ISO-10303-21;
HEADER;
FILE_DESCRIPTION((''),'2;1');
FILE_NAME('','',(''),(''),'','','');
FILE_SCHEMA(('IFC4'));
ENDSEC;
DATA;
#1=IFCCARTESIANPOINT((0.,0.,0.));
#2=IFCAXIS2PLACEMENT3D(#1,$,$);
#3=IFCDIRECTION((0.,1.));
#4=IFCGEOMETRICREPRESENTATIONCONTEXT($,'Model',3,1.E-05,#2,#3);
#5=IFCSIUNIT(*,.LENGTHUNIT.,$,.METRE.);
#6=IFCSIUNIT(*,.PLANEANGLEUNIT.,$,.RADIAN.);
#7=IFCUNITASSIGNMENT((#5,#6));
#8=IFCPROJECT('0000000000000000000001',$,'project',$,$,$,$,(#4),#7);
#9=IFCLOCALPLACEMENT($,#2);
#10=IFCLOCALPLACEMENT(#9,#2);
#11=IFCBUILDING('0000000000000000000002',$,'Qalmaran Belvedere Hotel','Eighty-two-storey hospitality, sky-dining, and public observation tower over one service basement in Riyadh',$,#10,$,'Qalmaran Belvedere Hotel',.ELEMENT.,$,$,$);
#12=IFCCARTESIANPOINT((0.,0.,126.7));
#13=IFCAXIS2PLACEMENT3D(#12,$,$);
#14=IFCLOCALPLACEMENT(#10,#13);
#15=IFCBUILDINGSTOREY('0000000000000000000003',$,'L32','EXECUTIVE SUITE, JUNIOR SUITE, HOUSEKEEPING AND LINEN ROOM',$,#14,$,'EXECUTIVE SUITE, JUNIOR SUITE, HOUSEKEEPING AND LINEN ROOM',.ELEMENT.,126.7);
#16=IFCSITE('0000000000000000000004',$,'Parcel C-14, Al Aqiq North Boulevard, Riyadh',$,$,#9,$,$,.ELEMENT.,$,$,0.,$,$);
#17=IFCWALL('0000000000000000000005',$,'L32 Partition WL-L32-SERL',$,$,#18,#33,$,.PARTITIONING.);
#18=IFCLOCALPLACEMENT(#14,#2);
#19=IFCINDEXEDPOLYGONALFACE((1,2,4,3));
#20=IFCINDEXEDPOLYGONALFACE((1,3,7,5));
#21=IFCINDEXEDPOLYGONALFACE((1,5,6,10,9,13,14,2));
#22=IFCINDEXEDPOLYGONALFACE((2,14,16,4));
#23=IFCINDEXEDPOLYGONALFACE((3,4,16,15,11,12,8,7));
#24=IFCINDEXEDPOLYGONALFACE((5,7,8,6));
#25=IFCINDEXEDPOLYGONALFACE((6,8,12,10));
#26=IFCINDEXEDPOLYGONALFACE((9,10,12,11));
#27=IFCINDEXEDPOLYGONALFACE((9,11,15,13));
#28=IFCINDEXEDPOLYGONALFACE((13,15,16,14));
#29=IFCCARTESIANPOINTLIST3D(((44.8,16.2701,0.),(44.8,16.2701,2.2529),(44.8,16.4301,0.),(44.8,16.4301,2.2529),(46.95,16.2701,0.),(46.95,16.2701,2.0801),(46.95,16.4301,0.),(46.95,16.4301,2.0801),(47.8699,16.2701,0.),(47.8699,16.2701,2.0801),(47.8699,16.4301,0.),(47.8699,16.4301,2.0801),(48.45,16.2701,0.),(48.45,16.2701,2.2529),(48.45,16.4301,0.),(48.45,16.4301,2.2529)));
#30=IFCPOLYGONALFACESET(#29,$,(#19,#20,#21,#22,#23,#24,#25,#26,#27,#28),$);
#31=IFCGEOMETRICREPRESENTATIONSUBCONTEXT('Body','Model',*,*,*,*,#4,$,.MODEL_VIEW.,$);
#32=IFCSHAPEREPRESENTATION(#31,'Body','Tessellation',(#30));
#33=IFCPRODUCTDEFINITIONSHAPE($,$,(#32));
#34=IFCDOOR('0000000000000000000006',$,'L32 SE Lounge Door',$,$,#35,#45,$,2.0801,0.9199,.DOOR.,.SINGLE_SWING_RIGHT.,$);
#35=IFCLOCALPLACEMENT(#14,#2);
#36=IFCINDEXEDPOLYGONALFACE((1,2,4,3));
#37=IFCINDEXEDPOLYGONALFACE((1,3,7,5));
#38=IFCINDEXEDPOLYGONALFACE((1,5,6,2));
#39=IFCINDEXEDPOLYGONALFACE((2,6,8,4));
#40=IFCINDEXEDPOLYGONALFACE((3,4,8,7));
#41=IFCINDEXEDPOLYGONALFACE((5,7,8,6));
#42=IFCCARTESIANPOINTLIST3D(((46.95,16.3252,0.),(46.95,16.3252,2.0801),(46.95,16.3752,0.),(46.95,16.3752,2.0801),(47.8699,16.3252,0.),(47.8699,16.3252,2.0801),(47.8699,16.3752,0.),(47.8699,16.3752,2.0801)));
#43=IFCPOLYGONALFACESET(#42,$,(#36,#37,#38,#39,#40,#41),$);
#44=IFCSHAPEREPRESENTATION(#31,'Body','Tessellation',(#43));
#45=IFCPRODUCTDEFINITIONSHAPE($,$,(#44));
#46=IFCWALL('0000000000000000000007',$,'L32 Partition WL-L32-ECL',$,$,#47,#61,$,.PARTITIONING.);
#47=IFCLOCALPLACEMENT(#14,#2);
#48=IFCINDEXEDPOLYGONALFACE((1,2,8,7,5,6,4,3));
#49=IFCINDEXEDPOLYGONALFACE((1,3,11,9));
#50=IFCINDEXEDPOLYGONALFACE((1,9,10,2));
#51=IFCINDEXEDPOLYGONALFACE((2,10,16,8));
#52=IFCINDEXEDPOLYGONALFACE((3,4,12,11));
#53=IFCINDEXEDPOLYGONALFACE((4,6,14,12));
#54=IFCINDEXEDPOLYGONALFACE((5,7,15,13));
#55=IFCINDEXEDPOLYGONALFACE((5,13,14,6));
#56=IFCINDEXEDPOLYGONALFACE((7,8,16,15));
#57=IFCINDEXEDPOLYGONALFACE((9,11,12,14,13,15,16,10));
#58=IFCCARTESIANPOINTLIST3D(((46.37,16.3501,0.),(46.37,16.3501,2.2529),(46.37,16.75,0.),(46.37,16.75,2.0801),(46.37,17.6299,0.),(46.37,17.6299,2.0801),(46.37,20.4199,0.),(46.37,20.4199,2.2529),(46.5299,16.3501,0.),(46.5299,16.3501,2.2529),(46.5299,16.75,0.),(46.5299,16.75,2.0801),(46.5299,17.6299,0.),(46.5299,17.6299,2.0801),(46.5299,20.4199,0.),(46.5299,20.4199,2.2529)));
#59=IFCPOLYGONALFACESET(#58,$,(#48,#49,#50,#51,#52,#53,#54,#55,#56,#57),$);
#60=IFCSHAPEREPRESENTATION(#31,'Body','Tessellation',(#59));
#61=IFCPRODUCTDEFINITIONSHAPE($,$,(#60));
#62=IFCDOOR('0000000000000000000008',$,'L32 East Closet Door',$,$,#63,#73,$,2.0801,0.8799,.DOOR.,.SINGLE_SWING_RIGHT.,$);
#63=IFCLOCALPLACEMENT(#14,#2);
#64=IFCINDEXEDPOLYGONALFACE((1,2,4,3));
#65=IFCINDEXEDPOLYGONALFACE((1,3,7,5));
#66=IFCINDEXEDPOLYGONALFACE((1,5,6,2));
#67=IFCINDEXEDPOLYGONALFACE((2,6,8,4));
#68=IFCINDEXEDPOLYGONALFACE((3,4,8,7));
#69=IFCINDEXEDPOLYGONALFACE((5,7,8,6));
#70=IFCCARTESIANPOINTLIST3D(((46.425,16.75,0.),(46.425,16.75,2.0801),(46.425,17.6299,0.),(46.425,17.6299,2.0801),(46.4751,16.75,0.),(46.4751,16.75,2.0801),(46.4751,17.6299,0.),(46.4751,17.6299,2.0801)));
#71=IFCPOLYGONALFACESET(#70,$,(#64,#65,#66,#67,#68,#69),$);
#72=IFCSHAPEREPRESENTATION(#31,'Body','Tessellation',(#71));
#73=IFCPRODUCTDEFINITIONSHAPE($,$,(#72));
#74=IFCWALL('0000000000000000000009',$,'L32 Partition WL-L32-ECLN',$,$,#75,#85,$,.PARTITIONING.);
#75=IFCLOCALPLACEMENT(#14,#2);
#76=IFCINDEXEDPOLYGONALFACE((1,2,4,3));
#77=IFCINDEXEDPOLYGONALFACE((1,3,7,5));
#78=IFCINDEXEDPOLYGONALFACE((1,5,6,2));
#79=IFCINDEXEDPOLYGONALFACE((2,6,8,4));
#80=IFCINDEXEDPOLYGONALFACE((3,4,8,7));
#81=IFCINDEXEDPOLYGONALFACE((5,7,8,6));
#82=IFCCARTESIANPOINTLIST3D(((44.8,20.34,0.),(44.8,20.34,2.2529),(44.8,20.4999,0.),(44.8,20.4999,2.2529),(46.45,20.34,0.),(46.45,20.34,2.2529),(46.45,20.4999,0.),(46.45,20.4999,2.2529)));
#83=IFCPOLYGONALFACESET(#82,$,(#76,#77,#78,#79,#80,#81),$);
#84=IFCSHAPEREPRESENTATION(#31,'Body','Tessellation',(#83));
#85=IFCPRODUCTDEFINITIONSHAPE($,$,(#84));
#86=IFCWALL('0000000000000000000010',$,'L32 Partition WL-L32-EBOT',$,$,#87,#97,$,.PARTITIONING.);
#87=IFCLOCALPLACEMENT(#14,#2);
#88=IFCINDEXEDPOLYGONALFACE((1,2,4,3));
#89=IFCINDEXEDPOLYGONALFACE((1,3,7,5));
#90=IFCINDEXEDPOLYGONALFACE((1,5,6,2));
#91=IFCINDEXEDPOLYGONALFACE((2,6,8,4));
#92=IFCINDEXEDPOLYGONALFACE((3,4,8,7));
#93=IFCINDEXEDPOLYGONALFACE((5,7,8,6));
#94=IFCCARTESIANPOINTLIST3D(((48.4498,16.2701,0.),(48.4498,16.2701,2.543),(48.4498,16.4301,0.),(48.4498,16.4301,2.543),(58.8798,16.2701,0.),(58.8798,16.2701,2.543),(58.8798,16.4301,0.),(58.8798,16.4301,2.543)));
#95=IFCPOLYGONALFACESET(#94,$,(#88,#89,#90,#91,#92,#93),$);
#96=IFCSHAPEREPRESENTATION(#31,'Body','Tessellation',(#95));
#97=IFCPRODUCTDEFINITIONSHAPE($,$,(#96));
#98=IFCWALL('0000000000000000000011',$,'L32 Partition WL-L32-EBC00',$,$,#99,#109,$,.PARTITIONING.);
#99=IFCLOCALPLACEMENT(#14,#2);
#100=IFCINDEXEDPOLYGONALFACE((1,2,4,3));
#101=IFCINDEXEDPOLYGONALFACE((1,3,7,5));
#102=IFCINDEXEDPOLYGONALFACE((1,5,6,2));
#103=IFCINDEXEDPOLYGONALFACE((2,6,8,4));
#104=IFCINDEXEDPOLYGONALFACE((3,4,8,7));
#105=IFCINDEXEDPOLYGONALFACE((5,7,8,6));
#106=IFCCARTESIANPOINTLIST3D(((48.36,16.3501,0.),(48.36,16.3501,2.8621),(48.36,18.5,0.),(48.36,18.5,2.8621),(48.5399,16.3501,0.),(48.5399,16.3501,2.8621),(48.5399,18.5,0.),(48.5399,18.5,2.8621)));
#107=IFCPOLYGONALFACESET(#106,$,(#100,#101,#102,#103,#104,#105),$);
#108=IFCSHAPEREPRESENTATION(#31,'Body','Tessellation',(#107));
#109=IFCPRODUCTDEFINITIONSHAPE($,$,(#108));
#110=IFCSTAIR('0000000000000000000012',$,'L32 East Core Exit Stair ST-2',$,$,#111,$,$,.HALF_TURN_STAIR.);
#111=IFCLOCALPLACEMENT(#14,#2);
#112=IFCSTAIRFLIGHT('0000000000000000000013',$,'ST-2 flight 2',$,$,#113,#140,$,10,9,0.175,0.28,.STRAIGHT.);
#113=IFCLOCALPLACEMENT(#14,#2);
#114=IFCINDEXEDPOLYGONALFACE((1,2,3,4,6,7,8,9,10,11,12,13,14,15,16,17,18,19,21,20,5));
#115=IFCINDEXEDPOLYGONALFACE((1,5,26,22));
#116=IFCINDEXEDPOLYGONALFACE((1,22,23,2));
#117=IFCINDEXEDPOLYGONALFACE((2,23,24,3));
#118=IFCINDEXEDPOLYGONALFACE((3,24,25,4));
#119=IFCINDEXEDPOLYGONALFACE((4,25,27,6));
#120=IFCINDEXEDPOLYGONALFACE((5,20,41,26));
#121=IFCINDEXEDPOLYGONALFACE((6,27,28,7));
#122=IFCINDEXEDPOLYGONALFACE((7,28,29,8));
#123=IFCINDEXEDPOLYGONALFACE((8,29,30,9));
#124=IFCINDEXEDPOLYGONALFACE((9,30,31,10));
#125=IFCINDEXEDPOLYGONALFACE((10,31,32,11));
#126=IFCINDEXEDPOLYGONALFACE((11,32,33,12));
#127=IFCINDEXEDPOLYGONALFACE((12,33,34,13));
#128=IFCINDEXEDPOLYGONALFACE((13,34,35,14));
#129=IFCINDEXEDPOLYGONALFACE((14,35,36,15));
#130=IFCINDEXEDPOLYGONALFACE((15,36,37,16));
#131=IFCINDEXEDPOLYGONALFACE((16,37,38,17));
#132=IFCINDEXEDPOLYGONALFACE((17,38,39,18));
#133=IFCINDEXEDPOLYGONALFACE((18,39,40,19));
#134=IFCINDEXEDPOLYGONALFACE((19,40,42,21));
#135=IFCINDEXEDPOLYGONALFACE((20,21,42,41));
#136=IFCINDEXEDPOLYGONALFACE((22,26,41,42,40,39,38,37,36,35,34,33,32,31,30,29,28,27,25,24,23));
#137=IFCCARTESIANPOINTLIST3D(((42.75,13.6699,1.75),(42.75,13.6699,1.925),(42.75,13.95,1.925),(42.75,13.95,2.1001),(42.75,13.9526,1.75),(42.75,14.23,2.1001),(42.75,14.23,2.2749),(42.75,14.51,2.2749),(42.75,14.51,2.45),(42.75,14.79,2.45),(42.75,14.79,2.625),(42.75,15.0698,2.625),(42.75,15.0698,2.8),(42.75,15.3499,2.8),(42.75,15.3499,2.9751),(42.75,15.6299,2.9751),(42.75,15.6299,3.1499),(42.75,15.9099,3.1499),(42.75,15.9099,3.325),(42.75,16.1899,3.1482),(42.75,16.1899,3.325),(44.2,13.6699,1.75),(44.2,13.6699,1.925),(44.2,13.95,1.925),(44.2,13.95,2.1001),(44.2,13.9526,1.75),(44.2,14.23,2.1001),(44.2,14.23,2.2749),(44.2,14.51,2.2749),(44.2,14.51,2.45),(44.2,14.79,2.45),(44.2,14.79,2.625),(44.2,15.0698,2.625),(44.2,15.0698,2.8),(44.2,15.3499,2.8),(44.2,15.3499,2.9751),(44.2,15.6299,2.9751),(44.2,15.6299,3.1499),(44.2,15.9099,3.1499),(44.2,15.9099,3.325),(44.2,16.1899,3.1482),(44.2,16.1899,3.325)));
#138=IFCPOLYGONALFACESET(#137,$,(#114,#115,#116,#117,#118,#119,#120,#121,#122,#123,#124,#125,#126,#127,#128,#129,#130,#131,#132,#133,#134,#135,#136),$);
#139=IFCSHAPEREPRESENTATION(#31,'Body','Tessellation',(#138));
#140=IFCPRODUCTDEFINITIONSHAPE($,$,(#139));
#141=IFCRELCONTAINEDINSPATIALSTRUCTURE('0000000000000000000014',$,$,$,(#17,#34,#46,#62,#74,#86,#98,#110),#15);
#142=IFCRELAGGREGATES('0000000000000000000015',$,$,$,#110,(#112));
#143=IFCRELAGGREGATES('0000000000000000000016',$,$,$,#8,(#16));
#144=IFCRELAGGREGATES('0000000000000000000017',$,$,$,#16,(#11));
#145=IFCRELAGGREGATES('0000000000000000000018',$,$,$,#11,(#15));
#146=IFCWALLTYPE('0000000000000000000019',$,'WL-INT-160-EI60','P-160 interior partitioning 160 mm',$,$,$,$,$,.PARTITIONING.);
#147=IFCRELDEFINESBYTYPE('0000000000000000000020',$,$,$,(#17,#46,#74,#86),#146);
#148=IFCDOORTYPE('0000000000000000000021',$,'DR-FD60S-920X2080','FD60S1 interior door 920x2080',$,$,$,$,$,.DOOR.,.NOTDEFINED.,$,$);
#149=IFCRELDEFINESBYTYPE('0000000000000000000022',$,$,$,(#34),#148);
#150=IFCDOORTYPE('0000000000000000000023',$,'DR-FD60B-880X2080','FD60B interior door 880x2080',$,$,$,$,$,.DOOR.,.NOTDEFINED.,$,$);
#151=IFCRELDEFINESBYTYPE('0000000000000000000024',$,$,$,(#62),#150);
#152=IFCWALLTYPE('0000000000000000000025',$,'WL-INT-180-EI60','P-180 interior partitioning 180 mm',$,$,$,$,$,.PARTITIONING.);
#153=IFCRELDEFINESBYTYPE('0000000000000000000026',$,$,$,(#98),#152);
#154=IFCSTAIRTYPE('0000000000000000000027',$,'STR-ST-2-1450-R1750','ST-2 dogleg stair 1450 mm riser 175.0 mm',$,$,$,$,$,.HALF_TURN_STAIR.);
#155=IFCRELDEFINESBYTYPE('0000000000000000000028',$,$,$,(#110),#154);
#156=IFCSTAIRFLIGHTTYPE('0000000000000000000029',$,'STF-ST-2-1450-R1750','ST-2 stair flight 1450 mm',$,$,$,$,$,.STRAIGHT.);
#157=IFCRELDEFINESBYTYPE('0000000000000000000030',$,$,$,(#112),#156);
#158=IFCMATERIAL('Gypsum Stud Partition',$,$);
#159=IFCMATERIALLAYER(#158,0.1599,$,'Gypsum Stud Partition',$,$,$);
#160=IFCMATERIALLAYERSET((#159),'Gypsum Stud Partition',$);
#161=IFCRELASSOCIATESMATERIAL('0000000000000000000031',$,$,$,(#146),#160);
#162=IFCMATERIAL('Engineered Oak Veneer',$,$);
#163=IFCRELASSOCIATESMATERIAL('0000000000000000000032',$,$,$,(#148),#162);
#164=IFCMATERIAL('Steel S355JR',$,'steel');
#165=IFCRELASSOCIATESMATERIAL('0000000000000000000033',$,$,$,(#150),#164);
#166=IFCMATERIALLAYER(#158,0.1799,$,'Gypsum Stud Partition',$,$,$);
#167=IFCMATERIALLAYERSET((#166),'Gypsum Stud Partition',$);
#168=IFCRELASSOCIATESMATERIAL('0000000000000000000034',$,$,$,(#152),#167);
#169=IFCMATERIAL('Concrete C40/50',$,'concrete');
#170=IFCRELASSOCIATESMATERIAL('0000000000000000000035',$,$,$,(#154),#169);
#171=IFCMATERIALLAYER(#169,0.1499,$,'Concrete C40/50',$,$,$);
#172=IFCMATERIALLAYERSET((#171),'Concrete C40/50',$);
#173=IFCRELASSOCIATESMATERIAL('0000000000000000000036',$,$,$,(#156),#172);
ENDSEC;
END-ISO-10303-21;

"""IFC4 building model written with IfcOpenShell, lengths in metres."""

from ifc_helpers import new_model, si_unit, direction, frame, frame_2d, origin, place, context, subcontext, project, spatial, polyline, rectangle, outline, extrude, material, layer, layer_set, type_object, element, fill, aggregate, save


model = new_model("IFC4")

# Units and contexts
model_context = context("Model", 3, precision=1e-05, world=origin(), true_north=direction((0.0, 1.0)))
body_context = subcontext(model_context, "Body", "Model", "MODEL_VIEW")
ifc_project = project(units=[si_unit("LENGTHUNIT", "METRE"), si_unit("PLANEANGLEUNIT", "RADIAN")], contexts=[model_context])

# Site, building, storey
site_placement = place(None, origin())
site = spatial("IfcSite", under=ifc_project, at=site_placement, Name="Parcel C-14, Al Aqiq North Boulevard, Riyadh", CompositionType="ELEMENT", RefElevation=0.0)
building_placement = place(site_placement, origin())
building = spatial("IfcBuilding", under=site, at=building_placement, Name="Qalmaran Belvedere Hotel", Description="Eighty-two-storey hospitality, sky-dining, and public observation tower over one service basement in Riyadh", LongName="Qalmaran Belvedere Hotel", CompositionType="ELEMENT")
storey_placement = place(building_placement, frame((0.0, 0.0, 126.7)))
storey = spatial("IfcBuildingStorey", under=building, at=storey_placement, Name="L32", Description="EXECUTIVE SUITE, JUNIOR SUITE, HOUSEKEEPING AND LINEN ROOM", LongName="EXECUTIVE SUITE, JUNIOR SUITE, HOUSEKEEPING AND LINEN ROOM", CompositionType="ELEMENT", Elevation=126.7)

# Shared definitions
ifc_material_1 = material(Name="Steel S355JR", Category="steel")

# Shared definitions
ifc_material_2 = material(Name="Engineered Oak Veneer")

# Walls, openings, doors
ifc_material_3 = material(Name="Gypsum Stud Partition")
ifc_layer_1 = layer(ifc_material_3, 0.1599, Name="Gypsum Stud Partition")
ifc_layer_set_1 = layer_set([ifc_layer_1], Name="Gypsum Stud Partition")
wall_type_1 = type_object("IfcWallType", Name="WL-INT-160-EI60", Description="P-160 interior partitioning 160 mm", PredefinedType="PARTITIONING", material=ifc_layer_set_1)
wall_1_placement = place(storey_placement, frame((44.8, 16.3501, 0.0), z_axis=(0.0, 0.0, 1.0), x_axis=(1.0, 0.0, 0.0)))
wall_1 = element("IfcWall", 1, at=wall_1_placement, inside=storey, type_object=wall_type_1, Name="L32 Partition WL-L32-SERL", PredefinedType="PARTITIONING", context=body_context, shape_type="SweptSolid", body=[
    extrude(rectangle(XDim=3.6499, YDim=0.1599, at=frame_2d((1.825, 0.0))), origin(), (0.0, 0.0, 1.0), 2.2529),
])
opening_1_placement = place(wall_1_placement, frame((3.0698, 0.0, 0.0), z_axis=(0.0, 0.0, 1.0), x_axis=(-1.0, 0.0, 0.0)))
opening_1 = element("IfcOpeningElement", 2, at=opening_1_placement, cuts=wall_1, PredefinedType="OPENING", context=body_context, shape_type="SweptSolid", body=[
    extrude(rectangle(XDim=0.9199, YDim=2.0801, at=frame_2d((0.46, 1.04))), frame((0.0, 0.0898, 0.0), z_axis=(0.0, -1.0, 0.0), x_axis=(1.0, 0.0, 0.0)), (0.0, 0.0, 1.0), 0.1799),
])
door_type_1 = type_object("IfcDoorType", Name="DR-FD60S-920X2080", Description="FD60S1 interior door 920x2080", OperationType="NOTDEFINED", PredefinedType="DOOR", material=ifc_material_2)
door_1_placement = place(opening_1_placement, origin())
door_1 = element("IfcDoor", 3, at=door_1_placement, inside=storey, type_object=door_type_1, Name="L32 SE Lounge Door", OperationType="SINGLE_SWING_RIGHT", OverallHeight=2.0801, OverallWidth=0.9199, PredefinedType="DOOR", context=body_context, shape_type="SweptSolid", body=[
    extrude(rectangle(XDim=0.9199, YDim=2.0801, at=frame_2d((0.46, 1.04))), frame((0.0, 0.0249, 0.0), z_axis=(0.0, -1.0, 0.0), x_axis=(1.0, 0.0, 0.0)), (0.0, 0.0, 1.0), 0.05),
])
fill(opening_1, door_1)
wall_2_placement = place(storey_placement, frame((46.45, 16.3501, 0.0), z_axis=(0.0, 0.0, 1.0), x_axis=(0.0, 1.0, 0.0)))
wall_2 = element("IfcWall", 4, at=wall_2_placement, inside=storey, type_object=wall_type_1, Name="L32 Partition WL-L32-ECL", PredefinedType="PARTITIONING", context=body_context, shape_type="SweptSolid", body=[
    extrude(rectangle(XDim=4.0698, YDim=0.1599, at=frame_2d((2.0349, 0.0))), origin(), (0.0, 0.0, 1.0), 2.2529),
])
opening_2_placement = place(wall_2_placement, frame((0.3999, 0.0, 0.0)))
opening_2 = element("IfcOpeningElement", 5, at=opening_2_placement, cuts=wall_2, PredefinedType="OPENING", context=body_context, shape_type="SweptSolid", body=[
    extrude(rectangle(XDim=0.8799, YDim=2.0801, at=frame_2d((0.4399, 1.04))), frame((0.0, 0.0898, 0.0), z_axis=(0.0, -1.0, 0.0), x_axis=(1.0, 0.0, 0.0)), (0.0, 0.0, 1.0), 0.1799),
])
door_type_2 = type_object("IfcDoorType", Name="DR-FD60B-880X2080", Description="FD60B interior door 880x2080", OperationType="NOTDEFINED", PredefinedType="DOOR", material=ifc_material_1)
door_2_placement = place(opening_2_placement, origin())
door_2 = element("IfcDoor", 6, at=door_2_placement, inside=storey, type_object=door_type_2, Name="L32 East Closet Door", OperationType="SINGLE_SWING_RIGHT", OverallHeight=2.0801, OverallWidth=0.8799, PredefinedType="DOOR", context=body_context, shape_type="SweptSolid", body=[
    extrude(rectangle(XDim=0.8799, YDim=2.0801, at=frame_2d((0.4399, 1.04))), frame((0.0, 0.0249, 0.0), z_axis=(0.0, -1.0, 0.0), x_axis=(1.0, 0.0, 0.0)), (0.0, 0.0, 1.0), 0.05),
])
fill(opening_2, door_2)

# Walls
wall_3_placement = place(storey_placement, frame((44.8, 20.4199, 0.0), z_axis=(0.0, 0.0, 1.0), x_axis=(1.0, 0.0, 0.0)))
element("IfcWall", 7, at=wall_3_placement, inside=storey, type_object=wall_type_1, Name="L32 Partition WL-L32-ECLN", PredefinedType="PARTITIONING", context=body_context, shape_type="SweptSolid", body=[
    extrude(rectangle(XDim=1.6499, YDim=0.1599, at=frame_2d((0.825, 0.0))), origin(), (0.0, 0.0, 1.0), 2.2529),
])
wall_4_placement = place(storey_placement, frame((48.45, 16.3501, 0.0), z_axis=(0.0, 0.0, 1.0), x_axis=(1.0, 0.0, 0.0)))
element("IfcWall", 8, at=wall_4_placement, inside=storey, type_object=wall_type_1, Name="L32 Partition WL-L32-EBOT", PredefinedType="PARTITIONING", context=body_context, shape_type="SweptSolid", body=[
    extrude(rectangle(XDim=10.4299, YDim=0.1599, at=frame_2d((5.2148, 0.0))), origin(), (0.0, 0.0, 1.0), 2.543),
])
ifc_layer_2 = layer(ifc_material_3, 0.1799, Name="Gypsum Stud Partition")
ifc_layer_set_2 = layer_set([ifc_layer_2], Name="Gypsum Stud Partition")
wall_type_2 = type_object("IfcWallType", Name="WL-INT-180-EI60", Description="P-180 interior partitioning 180 mm", PredefinedType="PARTITIONING", material=ifc_layer_set_2)
wall_5_placement = place(storey_placement, frame((48.45, 16.3501, 0.0), z_axis=(0.0, 0.0, 1.0), x_axis=(0.0, 1.0, 0.0)))
element("IfcWall", 9, at=wall_5_placement, inside=storey, type_object=wall_type_2, Name="L32 Partition WL-L32-EBC00", PredefinedType="PARTITIONING", context=body_context, shape_type="SweptSolid", body=[
    extrude(rectangle(XDim=2.1499, YDim=0.1799, at=frame_2d((1.075, 0.0))), origin(), (0.0, 0.0, 1.0), 2.8621),
])

# Stair, stair flight
ifc_material_4 = material(Name="Concrete C40/50", Category="concrete")
stair_type = type_object("IfcStairType", Name="STR-ST-2-1450-R1750", Description="ST-2 dogleg stair 1450 mm riser 175.0 mm", PredefinedType="HALF_TURN_STAIR", material=ifc_material_4)
stair_placement = place(storey_placement, origin())
stair = element("IfcStair", 10, at=stair_placement, inside=storey, type_object=stair_type, Name="L32 East Core Exit Stair ST-2", PredefinedType="HALF_TURN_STAIR")
ifc_layer_3 = layer(ifc_material_4, 0.1499, Name="Concrete C40/50")
ifc_layer_set_3 = layer_set([ifc_layer_3], Name="Concrete C40/50")
stair_flight_type = type_object("IfcStairFlightType", Name="STF-ST-2-1450-R1750", Description="ST-2 stair flight 1450 mm", PredefinedType="STRAIGHT", material=ifc_layer_set_3)
stair_flight_placement = place(storey_placement, frame((43.4751, 13.6699, 1.75), z_axis=(0.0, 0.0, 1.0), x_axis=(0.0, 1.0, 0.0)))
stair_flight = element("IfcStairFlight", 11, at=stair_flight_placement, type_object=stair_flight_type, Name="ST-2 flight 2", NumberOfRisers=10, NumberOfTreads=9, PredefinedType="STRAIGHT", RiserHeight=0.175, TreadLength=0.28, context=body_context, shape_type="SweptSolid", body=[
    extrude(outline(polyline([(0.0, 0.0), (0.0, 0.175), (0.28, 0.175), (0.28, 0.3501), (0.5601, 0.3501), (0.5601, 0.5249), (0.8401, 0.5249), (0.8401, 0.7), (1.1201, 0.7), (1.1201, 0.875), (1.3999, 0.875), (1.3999, 1.05), (1.6799, 1.05), (1.6799, 1.2251), (1.96, 1.2251), (1.96, 1.3999), (2.24, 1.3999), (2.24, 1.575), (2.52, 1.575), (2.52, 1.75), (2.52, 1.3982), (0.2827, 0.0), (0.0, 0.0)])), frame((0.0, 0.7251, 0.0), z_axis=(0.0, -1.0, 0.0), x_axis=(1.0, 0.0, 0.0)), (0.0, 0.0, 1.0), 1.45),
])
aggregate(stair, [stair_flight])

save(model, "model.ifc")
